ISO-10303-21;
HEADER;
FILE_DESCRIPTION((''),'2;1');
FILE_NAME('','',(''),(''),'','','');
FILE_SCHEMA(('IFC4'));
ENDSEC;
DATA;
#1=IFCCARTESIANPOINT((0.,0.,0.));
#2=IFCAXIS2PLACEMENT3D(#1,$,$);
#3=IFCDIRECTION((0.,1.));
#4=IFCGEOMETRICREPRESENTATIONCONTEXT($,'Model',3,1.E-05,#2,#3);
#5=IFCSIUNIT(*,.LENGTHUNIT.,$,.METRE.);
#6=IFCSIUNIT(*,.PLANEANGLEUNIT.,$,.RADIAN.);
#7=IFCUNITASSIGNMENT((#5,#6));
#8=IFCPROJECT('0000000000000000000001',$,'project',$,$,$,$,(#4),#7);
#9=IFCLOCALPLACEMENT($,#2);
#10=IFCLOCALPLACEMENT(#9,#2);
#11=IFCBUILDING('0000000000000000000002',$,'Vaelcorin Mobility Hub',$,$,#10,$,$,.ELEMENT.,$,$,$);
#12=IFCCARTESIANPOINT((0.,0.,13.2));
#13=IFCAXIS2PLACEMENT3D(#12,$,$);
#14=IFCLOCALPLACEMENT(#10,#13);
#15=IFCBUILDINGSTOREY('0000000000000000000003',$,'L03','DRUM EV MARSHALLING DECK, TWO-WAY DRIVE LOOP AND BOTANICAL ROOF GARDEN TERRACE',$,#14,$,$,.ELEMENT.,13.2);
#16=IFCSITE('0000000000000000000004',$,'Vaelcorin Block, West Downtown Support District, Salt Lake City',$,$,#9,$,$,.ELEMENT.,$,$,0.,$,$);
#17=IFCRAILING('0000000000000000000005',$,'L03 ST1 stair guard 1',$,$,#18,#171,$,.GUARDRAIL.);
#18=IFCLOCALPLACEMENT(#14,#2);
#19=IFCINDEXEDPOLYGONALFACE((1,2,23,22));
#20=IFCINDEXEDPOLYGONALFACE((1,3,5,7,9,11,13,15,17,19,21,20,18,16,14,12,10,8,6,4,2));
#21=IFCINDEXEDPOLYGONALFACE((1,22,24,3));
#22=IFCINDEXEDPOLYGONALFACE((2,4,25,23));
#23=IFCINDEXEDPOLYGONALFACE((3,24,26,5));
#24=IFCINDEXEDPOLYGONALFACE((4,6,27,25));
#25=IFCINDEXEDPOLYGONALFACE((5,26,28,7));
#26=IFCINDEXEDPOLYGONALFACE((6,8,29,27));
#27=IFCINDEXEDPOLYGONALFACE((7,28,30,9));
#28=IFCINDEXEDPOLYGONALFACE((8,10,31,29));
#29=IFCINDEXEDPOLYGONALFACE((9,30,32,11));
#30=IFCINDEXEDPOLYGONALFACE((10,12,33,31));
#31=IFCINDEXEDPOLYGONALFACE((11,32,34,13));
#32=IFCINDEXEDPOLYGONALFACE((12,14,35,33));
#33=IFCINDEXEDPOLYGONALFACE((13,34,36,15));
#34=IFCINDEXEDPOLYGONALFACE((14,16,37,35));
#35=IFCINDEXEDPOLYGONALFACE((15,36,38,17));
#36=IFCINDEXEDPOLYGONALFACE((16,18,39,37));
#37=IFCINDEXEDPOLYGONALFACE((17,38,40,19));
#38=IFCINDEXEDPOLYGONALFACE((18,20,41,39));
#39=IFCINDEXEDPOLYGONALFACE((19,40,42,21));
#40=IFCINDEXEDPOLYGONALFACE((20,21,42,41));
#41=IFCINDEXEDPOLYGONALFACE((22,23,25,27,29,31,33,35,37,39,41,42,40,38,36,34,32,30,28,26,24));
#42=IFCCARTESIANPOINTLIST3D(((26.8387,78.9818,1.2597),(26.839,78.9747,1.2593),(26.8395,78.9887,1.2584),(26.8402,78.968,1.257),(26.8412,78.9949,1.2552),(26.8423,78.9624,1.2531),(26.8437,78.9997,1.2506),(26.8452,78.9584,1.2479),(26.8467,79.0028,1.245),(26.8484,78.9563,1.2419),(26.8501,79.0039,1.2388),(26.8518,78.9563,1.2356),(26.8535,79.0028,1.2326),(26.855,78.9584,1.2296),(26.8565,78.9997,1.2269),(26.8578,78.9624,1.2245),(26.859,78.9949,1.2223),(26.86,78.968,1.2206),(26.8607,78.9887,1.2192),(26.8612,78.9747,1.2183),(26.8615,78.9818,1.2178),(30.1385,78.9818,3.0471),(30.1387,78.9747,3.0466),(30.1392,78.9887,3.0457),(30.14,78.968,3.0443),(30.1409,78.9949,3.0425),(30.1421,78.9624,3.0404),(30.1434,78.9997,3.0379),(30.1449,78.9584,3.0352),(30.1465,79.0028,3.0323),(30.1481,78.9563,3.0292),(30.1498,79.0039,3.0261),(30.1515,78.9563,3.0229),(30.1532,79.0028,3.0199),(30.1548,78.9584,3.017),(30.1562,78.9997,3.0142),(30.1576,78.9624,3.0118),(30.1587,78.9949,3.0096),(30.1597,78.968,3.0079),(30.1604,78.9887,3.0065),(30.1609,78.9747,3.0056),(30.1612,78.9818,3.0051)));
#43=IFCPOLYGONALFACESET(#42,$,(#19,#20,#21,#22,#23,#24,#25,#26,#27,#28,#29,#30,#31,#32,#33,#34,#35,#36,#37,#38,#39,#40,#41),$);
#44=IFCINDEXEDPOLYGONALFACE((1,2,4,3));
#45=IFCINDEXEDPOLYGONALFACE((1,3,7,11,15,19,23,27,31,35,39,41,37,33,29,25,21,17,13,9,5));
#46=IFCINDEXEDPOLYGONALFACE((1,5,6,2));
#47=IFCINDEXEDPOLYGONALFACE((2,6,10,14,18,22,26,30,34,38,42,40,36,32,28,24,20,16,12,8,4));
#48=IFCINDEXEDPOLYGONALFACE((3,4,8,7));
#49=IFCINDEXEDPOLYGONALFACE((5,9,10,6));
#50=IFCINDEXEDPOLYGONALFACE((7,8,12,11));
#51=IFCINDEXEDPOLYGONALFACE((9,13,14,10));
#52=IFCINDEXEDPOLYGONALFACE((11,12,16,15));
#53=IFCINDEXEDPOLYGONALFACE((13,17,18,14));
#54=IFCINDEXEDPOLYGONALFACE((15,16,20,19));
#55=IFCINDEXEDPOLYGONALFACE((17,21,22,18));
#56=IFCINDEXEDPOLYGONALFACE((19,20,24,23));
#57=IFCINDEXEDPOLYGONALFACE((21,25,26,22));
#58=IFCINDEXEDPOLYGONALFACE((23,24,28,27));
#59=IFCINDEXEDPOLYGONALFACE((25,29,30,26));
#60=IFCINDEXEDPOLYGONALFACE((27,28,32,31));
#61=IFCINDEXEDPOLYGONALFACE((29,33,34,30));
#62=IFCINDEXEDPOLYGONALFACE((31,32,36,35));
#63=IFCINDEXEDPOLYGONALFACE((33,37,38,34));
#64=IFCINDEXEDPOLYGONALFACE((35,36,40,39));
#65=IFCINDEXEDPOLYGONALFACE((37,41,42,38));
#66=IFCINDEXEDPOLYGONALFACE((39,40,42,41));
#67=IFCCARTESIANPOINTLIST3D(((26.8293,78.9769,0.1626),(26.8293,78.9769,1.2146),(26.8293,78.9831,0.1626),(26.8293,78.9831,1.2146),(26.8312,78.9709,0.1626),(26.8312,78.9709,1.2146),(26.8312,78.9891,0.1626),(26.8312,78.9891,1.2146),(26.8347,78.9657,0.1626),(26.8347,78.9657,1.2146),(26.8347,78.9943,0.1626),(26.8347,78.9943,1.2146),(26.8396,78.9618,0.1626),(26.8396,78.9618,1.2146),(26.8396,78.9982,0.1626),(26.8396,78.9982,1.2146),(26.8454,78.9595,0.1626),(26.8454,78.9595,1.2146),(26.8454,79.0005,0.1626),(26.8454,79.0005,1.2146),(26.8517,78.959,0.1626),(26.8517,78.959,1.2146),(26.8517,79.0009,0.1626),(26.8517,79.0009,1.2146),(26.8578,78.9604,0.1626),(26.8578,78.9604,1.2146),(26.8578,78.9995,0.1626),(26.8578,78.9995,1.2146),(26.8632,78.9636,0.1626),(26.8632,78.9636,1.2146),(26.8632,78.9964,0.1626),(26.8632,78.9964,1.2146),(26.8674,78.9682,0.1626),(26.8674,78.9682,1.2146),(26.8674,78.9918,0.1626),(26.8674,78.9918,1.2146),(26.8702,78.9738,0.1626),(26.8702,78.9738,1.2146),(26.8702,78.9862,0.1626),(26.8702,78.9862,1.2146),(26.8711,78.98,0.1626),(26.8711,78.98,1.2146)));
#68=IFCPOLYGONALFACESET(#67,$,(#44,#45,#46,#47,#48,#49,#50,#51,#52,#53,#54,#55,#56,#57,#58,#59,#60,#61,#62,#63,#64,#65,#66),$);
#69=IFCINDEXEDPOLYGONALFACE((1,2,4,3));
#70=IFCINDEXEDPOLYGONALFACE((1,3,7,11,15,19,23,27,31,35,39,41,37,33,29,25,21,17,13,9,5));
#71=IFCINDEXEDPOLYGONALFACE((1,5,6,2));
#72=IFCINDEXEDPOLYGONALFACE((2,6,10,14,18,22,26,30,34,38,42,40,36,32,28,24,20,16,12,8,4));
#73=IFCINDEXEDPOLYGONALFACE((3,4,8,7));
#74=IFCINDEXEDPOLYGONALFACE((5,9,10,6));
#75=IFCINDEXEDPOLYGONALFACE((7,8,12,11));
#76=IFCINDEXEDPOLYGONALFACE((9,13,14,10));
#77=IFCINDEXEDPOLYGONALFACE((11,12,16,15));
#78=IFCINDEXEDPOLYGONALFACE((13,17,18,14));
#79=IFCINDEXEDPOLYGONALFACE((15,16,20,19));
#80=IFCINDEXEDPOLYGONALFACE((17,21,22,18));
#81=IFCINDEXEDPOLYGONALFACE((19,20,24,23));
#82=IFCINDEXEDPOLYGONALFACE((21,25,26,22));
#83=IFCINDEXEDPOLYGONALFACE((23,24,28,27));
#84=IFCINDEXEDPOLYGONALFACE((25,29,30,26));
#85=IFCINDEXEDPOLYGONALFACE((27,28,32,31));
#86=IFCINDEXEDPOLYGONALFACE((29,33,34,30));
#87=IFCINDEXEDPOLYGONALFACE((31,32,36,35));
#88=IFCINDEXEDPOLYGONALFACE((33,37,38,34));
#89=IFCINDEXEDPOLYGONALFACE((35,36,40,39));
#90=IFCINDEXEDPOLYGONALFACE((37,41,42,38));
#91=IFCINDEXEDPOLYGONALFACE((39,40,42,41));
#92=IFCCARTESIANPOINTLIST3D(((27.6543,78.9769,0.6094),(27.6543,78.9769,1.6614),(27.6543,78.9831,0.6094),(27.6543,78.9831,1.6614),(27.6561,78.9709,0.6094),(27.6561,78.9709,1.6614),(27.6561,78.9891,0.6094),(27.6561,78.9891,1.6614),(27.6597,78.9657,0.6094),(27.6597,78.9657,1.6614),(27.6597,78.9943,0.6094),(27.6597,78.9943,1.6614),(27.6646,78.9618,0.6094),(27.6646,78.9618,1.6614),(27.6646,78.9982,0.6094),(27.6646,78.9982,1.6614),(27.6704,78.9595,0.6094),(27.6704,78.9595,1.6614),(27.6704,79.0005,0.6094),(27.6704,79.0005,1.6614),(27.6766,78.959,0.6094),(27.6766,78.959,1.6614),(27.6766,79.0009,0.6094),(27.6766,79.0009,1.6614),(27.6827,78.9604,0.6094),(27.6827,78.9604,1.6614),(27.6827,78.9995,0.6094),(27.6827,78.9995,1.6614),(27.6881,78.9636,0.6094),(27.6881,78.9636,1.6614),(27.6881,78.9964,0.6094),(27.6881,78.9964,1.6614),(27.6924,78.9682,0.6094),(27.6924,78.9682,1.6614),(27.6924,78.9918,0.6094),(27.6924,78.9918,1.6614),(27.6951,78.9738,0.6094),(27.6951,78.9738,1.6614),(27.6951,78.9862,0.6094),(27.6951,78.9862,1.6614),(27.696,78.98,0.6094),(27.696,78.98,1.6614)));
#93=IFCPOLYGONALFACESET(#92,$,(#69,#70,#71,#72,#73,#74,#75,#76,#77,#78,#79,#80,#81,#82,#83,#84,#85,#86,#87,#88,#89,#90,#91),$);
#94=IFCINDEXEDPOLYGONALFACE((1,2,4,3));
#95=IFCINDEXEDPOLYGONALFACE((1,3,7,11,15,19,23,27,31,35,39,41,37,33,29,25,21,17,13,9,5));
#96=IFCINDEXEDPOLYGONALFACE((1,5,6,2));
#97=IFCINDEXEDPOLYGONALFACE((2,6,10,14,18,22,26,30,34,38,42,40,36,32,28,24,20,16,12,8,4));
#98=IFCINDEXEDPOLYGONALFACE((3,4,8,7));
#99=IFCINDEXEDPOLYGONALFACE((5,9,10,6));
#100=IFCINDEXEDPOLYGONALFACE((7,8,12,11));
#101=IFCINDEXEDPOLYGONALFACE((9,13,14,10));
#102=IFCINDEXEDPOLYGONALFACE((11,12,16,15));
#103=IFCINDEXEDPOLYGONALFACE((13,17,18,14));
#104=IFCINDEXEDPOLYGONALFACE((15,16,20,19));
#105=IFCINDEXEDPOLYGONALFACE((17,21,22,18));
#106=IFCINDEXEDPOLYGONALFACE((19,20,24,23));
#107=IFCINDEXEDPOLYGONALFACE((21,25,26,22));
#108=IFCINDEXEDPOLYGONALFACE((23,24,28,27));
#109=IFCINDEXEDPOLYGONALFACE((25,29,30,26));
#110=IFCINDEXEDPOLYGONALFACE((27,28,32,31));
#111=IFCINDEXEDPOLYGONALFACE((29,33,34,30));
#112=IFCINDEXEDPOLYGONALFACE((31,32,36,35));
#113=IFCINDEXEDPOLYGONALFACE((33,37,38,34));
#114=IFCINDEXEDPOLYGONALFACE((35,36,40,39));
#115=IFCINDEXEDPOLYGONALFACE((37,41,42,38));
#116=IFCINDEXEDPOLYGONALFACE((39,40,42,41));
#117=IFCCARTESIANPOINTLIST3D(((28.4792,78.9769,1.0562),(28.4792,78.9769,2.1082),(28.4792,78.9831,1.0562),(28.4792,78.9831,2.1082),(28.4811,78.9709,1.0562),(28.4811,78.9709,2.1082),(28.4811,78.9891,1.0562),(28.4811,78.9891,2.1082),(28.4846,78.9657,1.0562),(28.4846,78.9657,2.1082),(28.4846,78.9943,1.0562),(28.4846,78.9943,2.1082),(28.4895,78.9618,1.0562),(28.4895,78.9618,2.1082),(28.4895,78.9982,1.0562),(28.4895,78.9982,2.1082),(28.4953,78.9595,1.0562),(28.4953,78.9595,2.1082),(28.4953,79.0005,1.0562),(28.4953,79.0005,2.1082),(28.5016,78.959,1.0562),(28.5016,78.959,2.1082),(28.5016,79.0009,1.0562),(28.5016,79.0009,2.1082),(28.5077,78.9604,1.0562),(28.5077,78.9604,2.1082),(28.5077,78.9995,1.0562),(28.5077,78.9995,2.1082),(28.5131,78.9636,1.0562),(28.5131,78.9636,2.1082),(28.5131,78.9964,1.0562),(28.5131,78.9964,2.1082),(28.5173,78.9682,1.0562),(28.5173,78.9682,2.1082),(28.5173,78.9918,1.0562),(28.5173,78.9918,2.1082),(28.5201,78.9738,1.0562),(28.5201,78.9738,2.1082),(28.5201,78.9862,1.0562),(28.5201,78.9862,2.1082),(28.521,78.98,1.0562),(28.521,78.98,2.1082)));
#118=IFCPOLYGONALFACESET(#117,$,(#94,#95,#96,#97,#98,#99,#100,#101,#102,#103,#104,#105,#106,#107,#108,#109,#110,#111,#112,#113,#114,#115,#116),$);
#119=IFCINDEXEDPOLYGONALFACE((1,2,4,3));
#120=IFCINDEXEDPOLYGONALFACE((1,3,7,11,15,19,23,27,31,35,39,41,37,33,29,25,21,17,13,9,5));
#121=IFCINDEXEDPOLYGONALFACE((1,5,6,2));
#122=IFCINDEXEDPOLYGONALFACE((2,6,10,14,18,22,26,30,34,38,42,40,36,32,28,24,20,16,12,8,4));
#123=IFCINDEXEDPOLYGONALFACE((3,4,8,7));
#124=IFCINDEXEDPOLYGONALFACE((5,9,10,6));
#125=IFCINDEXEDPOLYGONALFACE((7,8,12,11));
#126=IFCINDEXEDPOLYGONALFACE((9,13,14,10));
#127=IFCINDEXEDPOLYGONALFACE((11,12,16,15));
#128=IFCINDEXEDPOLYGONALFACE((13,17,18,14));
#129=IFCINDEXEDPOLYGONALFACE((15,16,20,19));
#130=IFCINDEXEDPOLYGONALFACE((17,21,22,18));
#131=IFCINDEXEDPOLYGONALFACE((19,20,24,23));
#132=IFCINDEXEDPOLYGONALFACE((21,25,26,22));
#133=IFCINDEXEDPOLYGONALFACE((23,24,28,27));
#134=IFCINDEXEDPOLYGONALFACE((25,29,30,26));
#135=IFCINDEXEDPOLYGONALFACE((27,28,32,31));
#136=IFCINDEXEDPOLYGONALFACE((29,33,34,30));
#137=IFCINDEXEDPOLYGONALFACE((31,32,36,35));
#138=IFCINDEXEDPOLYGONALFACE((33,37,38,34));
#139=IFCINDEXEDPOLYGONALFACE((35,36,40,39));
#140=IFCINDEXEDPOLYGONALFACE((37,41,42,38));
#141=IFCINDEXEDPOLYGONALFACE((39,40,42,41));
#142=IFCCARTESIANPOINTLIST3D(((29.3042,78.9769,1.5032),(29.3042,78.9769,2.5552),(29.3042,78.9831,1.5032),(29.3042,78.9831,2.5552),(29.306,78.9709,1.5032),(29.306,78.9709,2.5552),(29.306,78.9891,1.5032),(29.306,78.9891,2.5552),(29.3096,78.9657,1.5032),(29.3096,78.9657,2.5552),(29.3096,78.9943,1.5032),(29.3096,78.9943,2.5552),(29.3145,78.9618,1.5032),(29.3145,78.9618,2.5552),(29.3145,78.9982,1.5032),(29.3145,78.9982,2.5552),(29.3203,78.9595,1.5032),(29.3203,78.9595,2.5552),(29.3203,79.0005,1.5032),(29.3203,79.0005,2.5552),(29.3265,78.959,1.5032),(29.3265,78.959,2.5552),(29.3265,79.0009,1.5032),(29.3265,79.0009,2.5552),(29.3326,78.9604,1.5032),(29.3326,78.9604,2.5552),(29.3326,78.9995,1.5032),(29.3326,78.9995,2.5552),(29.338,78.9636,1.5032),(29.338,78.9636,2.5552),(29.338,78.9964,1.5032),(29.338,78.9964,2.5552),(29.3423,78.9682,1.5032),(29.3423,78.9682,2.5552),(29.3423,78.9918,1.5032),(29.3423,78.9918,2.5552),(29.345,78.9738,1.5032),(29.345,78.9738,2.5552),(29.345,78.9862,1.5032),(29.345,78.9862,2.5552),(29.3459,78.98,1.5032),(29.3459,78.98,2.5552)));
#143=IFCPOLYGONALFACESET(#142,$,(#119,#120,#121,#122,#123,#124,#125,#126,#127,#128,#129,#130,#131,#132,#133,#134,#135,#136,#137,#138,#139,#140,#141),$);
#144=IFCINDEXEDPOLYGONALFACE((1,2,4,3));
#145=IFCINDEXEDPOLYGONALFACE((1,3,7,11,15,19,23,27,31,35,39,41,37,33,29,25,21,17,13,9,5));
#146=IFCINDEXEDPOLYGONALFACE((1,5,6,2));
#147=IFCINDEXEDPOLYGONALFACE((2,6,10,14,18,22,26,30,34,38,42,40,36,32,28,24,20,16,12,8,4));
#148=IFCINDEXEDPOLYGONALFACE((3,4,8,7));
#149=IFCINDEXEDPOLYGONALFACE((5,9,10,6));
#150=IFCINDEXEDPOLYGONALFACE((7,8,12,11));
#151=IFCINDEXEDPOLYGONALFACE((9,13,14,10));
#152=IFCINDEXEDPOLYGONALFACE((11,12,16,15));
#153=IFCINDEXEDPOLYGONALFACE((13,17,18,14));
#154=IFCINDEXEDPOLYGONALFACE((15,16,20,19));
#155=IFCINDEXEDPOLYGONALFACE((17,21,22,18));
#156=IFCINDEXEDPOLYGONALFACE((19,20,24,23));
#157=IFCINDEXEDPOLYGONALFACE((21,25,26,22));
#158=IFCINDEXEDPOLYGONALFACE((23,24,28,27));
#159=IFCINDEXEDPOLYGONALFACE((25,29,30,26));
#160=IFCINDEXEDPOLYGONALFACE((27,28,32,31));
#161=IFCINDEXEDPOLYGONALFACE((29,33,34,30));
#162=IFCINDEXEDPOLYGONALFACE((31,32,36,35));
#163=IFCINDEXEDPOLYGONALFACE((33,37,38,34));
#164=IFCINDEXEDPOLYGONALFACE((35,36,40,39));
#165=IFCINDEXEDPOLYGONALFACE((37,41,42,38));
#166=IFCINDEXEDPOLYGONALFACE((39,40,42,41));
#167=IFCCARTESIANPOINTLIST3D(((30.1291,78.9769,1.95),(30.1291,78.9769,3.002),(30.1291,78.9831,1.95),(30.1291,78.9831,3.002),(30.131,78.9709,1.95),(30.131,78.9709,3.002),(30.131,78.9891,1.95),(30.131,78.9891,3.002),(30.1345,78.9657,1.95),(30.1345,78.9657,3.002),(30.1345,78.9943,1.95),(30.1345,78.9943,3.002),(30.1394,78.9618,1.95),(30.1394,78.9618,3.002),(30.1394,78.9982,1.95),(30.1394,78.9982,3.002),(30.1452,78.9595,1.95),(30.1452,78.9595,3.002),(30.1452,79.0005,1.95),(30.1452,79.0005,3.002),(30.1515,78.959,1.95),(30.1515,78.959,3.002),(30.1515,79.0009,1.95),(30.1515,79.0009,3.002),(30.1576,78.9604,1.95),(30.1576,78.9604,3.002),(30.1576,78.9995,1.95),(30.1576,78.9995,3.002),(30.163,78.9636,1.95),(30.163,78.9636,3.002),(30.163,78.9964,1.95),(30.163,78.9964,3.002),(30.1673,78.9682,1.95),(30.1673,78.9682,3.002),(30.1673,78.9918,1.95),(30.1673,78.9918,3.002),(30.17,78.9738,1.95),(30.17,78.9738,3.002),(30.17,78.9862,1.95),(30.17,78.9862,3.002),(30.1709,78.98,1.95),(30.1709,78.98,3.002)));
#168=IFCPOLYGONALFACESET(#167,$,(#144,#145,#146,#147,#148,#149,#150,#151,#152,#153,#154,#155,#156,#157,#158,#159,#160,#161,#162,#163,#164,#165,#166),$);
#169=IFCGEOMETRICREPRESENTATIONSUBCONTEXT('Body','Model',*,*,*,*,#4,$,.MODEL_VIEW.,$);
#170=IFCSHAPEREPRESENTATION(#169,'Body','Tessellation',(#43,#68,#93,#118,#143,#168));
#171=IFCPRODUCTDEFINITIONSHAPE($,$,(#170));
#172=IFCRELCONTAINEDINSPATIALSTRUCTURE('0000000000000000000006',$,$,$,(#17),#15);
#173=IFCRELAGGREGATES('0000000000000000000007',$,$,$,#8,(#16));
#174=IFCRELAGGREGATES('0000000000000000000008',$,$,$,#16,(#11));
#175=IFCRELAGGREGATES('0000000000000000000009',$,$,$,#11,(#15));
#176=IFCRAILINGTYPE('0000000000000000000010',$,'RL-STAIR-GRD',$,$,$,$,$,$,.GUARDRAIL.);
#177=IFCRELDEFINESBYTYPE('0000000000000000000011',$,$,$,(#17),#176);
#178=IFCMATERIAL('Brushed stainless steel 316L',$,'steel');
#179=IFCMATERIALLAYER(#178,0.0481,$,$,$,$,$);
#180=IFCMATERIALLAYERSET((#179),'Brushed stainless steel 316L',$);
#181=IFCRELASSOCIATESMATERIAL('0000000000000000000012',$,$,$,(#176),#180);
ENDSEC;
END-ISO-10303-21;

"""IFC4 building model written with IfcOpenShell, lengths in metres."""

from ifc_helpers import new_model, si_unit, direction, frame, origin, origin_2d, place, context, subcontext, project, spatial, circle, extrude, material, layer, layer_set, type_object, element, save


model = new_model("IFC4")

# Units and contexts
model_context = context("Model", 3, precision=1e-05, world=origin(), true_north=direction((0.0, 1.0)))
body_context = subcontext(model_context, "Body", "Model", "MODEL_VIEW")
ifc_project = project(units=[si_unit("LENGTHUNIT", "METRE"), si_unit("PLANEANGLEUNIT", "RADIAN")], contexts=[model_context])

# Site, building, storey
site_placement = place(None, origin())
site = spatial("IfcSite", under=ifc_project, at=site_placement, Name="Vaelcorin Block, West Downtown Support District, Salt Lake City", CompositionType="ELEMENT", RefElevation=0.0)
building_placement = place(site_placement, origin())
building = spatial("IfcBuilding", under=site, at=building_placement, Name="Vaelcorin Mobility Hub", CompositionType="ELEMENT")
storey_placement = place(building_placement, frame((0.0, 0.0, 13.2)))
storey = spatial("IfcBuildingStorey", under=building, at=storey_placement, Name="L03", Description="DRUM EV MARSHALLING DECK, TWO-WAY DRIVE LOOP AND BOTANICAL ROOF GARDEN TERRACE", CompositionType="ELEMENT", Elevation=13.2)

# Railing
ifc_material_1 = material(Name="Brushed stainless steel 316L", Category="steel")
ifc_layer_1 = layer(ifc_material_1, 0.0481)
ifc_layer_set_1 = layer_set([ifc_layer_1], Name="Brushed stainless steel 316L")
railing_type_1 = type_object("IfcRailingType", Name="RL-STAIR-GRD", PredefinedType="GUARDRAIL", material=ifc_layer_set_1)
railing_1_placement = place(storey_placement, frame((26.8501, 78.98, 0.1626)))
element("IfcRailing", 1, at=railing_1_placement, inside=storey, type_object=railing_type_1, Name="L03 ST1 stair guard 1", PredefinedType="GUARDRAIL", context=body_context, shape_type="SweptSolid", body=[
    extrude(circle(Radius=0.0239, at=origin_2d()), frame((0.0, 0.0, 1.0762), z_axis=(0.879297, 0.0, 0.476275), x_axis=(0.0, 1.0, 0.0)), (0.0, 0.0, 1.0), 3.7527),
    extrude(circle(Radius=0.021, at=origin_2d()), origin(), (0.0, 0.0, 1.0), 1.052),
    extrude(circle(Radius=0.021, at=origin_2d()), frame((0.825, 0.0, 0.4468)), (0.0, 0.0, 1.0), 1.052),
    extrude(circle(Radius=0.021, at=origin_2d()), frame((1.6499, 0.0, 0.8936)), (0.0, 0.0, 1.0), 1.052),
    extrude(circle(Radius=0.021, at=origin_2d()), frame((2.4749, 0.0, 1.3406)), (0.0, 0.0, 1.0), 1.052),
    extrude(circle(Radius=0.021, at=origin_2d()), frame((3.2998, 0.0, 1.7874)), (0.0, 0.0, 1.0), 1.052),
])

save(model, "model.ifc")
